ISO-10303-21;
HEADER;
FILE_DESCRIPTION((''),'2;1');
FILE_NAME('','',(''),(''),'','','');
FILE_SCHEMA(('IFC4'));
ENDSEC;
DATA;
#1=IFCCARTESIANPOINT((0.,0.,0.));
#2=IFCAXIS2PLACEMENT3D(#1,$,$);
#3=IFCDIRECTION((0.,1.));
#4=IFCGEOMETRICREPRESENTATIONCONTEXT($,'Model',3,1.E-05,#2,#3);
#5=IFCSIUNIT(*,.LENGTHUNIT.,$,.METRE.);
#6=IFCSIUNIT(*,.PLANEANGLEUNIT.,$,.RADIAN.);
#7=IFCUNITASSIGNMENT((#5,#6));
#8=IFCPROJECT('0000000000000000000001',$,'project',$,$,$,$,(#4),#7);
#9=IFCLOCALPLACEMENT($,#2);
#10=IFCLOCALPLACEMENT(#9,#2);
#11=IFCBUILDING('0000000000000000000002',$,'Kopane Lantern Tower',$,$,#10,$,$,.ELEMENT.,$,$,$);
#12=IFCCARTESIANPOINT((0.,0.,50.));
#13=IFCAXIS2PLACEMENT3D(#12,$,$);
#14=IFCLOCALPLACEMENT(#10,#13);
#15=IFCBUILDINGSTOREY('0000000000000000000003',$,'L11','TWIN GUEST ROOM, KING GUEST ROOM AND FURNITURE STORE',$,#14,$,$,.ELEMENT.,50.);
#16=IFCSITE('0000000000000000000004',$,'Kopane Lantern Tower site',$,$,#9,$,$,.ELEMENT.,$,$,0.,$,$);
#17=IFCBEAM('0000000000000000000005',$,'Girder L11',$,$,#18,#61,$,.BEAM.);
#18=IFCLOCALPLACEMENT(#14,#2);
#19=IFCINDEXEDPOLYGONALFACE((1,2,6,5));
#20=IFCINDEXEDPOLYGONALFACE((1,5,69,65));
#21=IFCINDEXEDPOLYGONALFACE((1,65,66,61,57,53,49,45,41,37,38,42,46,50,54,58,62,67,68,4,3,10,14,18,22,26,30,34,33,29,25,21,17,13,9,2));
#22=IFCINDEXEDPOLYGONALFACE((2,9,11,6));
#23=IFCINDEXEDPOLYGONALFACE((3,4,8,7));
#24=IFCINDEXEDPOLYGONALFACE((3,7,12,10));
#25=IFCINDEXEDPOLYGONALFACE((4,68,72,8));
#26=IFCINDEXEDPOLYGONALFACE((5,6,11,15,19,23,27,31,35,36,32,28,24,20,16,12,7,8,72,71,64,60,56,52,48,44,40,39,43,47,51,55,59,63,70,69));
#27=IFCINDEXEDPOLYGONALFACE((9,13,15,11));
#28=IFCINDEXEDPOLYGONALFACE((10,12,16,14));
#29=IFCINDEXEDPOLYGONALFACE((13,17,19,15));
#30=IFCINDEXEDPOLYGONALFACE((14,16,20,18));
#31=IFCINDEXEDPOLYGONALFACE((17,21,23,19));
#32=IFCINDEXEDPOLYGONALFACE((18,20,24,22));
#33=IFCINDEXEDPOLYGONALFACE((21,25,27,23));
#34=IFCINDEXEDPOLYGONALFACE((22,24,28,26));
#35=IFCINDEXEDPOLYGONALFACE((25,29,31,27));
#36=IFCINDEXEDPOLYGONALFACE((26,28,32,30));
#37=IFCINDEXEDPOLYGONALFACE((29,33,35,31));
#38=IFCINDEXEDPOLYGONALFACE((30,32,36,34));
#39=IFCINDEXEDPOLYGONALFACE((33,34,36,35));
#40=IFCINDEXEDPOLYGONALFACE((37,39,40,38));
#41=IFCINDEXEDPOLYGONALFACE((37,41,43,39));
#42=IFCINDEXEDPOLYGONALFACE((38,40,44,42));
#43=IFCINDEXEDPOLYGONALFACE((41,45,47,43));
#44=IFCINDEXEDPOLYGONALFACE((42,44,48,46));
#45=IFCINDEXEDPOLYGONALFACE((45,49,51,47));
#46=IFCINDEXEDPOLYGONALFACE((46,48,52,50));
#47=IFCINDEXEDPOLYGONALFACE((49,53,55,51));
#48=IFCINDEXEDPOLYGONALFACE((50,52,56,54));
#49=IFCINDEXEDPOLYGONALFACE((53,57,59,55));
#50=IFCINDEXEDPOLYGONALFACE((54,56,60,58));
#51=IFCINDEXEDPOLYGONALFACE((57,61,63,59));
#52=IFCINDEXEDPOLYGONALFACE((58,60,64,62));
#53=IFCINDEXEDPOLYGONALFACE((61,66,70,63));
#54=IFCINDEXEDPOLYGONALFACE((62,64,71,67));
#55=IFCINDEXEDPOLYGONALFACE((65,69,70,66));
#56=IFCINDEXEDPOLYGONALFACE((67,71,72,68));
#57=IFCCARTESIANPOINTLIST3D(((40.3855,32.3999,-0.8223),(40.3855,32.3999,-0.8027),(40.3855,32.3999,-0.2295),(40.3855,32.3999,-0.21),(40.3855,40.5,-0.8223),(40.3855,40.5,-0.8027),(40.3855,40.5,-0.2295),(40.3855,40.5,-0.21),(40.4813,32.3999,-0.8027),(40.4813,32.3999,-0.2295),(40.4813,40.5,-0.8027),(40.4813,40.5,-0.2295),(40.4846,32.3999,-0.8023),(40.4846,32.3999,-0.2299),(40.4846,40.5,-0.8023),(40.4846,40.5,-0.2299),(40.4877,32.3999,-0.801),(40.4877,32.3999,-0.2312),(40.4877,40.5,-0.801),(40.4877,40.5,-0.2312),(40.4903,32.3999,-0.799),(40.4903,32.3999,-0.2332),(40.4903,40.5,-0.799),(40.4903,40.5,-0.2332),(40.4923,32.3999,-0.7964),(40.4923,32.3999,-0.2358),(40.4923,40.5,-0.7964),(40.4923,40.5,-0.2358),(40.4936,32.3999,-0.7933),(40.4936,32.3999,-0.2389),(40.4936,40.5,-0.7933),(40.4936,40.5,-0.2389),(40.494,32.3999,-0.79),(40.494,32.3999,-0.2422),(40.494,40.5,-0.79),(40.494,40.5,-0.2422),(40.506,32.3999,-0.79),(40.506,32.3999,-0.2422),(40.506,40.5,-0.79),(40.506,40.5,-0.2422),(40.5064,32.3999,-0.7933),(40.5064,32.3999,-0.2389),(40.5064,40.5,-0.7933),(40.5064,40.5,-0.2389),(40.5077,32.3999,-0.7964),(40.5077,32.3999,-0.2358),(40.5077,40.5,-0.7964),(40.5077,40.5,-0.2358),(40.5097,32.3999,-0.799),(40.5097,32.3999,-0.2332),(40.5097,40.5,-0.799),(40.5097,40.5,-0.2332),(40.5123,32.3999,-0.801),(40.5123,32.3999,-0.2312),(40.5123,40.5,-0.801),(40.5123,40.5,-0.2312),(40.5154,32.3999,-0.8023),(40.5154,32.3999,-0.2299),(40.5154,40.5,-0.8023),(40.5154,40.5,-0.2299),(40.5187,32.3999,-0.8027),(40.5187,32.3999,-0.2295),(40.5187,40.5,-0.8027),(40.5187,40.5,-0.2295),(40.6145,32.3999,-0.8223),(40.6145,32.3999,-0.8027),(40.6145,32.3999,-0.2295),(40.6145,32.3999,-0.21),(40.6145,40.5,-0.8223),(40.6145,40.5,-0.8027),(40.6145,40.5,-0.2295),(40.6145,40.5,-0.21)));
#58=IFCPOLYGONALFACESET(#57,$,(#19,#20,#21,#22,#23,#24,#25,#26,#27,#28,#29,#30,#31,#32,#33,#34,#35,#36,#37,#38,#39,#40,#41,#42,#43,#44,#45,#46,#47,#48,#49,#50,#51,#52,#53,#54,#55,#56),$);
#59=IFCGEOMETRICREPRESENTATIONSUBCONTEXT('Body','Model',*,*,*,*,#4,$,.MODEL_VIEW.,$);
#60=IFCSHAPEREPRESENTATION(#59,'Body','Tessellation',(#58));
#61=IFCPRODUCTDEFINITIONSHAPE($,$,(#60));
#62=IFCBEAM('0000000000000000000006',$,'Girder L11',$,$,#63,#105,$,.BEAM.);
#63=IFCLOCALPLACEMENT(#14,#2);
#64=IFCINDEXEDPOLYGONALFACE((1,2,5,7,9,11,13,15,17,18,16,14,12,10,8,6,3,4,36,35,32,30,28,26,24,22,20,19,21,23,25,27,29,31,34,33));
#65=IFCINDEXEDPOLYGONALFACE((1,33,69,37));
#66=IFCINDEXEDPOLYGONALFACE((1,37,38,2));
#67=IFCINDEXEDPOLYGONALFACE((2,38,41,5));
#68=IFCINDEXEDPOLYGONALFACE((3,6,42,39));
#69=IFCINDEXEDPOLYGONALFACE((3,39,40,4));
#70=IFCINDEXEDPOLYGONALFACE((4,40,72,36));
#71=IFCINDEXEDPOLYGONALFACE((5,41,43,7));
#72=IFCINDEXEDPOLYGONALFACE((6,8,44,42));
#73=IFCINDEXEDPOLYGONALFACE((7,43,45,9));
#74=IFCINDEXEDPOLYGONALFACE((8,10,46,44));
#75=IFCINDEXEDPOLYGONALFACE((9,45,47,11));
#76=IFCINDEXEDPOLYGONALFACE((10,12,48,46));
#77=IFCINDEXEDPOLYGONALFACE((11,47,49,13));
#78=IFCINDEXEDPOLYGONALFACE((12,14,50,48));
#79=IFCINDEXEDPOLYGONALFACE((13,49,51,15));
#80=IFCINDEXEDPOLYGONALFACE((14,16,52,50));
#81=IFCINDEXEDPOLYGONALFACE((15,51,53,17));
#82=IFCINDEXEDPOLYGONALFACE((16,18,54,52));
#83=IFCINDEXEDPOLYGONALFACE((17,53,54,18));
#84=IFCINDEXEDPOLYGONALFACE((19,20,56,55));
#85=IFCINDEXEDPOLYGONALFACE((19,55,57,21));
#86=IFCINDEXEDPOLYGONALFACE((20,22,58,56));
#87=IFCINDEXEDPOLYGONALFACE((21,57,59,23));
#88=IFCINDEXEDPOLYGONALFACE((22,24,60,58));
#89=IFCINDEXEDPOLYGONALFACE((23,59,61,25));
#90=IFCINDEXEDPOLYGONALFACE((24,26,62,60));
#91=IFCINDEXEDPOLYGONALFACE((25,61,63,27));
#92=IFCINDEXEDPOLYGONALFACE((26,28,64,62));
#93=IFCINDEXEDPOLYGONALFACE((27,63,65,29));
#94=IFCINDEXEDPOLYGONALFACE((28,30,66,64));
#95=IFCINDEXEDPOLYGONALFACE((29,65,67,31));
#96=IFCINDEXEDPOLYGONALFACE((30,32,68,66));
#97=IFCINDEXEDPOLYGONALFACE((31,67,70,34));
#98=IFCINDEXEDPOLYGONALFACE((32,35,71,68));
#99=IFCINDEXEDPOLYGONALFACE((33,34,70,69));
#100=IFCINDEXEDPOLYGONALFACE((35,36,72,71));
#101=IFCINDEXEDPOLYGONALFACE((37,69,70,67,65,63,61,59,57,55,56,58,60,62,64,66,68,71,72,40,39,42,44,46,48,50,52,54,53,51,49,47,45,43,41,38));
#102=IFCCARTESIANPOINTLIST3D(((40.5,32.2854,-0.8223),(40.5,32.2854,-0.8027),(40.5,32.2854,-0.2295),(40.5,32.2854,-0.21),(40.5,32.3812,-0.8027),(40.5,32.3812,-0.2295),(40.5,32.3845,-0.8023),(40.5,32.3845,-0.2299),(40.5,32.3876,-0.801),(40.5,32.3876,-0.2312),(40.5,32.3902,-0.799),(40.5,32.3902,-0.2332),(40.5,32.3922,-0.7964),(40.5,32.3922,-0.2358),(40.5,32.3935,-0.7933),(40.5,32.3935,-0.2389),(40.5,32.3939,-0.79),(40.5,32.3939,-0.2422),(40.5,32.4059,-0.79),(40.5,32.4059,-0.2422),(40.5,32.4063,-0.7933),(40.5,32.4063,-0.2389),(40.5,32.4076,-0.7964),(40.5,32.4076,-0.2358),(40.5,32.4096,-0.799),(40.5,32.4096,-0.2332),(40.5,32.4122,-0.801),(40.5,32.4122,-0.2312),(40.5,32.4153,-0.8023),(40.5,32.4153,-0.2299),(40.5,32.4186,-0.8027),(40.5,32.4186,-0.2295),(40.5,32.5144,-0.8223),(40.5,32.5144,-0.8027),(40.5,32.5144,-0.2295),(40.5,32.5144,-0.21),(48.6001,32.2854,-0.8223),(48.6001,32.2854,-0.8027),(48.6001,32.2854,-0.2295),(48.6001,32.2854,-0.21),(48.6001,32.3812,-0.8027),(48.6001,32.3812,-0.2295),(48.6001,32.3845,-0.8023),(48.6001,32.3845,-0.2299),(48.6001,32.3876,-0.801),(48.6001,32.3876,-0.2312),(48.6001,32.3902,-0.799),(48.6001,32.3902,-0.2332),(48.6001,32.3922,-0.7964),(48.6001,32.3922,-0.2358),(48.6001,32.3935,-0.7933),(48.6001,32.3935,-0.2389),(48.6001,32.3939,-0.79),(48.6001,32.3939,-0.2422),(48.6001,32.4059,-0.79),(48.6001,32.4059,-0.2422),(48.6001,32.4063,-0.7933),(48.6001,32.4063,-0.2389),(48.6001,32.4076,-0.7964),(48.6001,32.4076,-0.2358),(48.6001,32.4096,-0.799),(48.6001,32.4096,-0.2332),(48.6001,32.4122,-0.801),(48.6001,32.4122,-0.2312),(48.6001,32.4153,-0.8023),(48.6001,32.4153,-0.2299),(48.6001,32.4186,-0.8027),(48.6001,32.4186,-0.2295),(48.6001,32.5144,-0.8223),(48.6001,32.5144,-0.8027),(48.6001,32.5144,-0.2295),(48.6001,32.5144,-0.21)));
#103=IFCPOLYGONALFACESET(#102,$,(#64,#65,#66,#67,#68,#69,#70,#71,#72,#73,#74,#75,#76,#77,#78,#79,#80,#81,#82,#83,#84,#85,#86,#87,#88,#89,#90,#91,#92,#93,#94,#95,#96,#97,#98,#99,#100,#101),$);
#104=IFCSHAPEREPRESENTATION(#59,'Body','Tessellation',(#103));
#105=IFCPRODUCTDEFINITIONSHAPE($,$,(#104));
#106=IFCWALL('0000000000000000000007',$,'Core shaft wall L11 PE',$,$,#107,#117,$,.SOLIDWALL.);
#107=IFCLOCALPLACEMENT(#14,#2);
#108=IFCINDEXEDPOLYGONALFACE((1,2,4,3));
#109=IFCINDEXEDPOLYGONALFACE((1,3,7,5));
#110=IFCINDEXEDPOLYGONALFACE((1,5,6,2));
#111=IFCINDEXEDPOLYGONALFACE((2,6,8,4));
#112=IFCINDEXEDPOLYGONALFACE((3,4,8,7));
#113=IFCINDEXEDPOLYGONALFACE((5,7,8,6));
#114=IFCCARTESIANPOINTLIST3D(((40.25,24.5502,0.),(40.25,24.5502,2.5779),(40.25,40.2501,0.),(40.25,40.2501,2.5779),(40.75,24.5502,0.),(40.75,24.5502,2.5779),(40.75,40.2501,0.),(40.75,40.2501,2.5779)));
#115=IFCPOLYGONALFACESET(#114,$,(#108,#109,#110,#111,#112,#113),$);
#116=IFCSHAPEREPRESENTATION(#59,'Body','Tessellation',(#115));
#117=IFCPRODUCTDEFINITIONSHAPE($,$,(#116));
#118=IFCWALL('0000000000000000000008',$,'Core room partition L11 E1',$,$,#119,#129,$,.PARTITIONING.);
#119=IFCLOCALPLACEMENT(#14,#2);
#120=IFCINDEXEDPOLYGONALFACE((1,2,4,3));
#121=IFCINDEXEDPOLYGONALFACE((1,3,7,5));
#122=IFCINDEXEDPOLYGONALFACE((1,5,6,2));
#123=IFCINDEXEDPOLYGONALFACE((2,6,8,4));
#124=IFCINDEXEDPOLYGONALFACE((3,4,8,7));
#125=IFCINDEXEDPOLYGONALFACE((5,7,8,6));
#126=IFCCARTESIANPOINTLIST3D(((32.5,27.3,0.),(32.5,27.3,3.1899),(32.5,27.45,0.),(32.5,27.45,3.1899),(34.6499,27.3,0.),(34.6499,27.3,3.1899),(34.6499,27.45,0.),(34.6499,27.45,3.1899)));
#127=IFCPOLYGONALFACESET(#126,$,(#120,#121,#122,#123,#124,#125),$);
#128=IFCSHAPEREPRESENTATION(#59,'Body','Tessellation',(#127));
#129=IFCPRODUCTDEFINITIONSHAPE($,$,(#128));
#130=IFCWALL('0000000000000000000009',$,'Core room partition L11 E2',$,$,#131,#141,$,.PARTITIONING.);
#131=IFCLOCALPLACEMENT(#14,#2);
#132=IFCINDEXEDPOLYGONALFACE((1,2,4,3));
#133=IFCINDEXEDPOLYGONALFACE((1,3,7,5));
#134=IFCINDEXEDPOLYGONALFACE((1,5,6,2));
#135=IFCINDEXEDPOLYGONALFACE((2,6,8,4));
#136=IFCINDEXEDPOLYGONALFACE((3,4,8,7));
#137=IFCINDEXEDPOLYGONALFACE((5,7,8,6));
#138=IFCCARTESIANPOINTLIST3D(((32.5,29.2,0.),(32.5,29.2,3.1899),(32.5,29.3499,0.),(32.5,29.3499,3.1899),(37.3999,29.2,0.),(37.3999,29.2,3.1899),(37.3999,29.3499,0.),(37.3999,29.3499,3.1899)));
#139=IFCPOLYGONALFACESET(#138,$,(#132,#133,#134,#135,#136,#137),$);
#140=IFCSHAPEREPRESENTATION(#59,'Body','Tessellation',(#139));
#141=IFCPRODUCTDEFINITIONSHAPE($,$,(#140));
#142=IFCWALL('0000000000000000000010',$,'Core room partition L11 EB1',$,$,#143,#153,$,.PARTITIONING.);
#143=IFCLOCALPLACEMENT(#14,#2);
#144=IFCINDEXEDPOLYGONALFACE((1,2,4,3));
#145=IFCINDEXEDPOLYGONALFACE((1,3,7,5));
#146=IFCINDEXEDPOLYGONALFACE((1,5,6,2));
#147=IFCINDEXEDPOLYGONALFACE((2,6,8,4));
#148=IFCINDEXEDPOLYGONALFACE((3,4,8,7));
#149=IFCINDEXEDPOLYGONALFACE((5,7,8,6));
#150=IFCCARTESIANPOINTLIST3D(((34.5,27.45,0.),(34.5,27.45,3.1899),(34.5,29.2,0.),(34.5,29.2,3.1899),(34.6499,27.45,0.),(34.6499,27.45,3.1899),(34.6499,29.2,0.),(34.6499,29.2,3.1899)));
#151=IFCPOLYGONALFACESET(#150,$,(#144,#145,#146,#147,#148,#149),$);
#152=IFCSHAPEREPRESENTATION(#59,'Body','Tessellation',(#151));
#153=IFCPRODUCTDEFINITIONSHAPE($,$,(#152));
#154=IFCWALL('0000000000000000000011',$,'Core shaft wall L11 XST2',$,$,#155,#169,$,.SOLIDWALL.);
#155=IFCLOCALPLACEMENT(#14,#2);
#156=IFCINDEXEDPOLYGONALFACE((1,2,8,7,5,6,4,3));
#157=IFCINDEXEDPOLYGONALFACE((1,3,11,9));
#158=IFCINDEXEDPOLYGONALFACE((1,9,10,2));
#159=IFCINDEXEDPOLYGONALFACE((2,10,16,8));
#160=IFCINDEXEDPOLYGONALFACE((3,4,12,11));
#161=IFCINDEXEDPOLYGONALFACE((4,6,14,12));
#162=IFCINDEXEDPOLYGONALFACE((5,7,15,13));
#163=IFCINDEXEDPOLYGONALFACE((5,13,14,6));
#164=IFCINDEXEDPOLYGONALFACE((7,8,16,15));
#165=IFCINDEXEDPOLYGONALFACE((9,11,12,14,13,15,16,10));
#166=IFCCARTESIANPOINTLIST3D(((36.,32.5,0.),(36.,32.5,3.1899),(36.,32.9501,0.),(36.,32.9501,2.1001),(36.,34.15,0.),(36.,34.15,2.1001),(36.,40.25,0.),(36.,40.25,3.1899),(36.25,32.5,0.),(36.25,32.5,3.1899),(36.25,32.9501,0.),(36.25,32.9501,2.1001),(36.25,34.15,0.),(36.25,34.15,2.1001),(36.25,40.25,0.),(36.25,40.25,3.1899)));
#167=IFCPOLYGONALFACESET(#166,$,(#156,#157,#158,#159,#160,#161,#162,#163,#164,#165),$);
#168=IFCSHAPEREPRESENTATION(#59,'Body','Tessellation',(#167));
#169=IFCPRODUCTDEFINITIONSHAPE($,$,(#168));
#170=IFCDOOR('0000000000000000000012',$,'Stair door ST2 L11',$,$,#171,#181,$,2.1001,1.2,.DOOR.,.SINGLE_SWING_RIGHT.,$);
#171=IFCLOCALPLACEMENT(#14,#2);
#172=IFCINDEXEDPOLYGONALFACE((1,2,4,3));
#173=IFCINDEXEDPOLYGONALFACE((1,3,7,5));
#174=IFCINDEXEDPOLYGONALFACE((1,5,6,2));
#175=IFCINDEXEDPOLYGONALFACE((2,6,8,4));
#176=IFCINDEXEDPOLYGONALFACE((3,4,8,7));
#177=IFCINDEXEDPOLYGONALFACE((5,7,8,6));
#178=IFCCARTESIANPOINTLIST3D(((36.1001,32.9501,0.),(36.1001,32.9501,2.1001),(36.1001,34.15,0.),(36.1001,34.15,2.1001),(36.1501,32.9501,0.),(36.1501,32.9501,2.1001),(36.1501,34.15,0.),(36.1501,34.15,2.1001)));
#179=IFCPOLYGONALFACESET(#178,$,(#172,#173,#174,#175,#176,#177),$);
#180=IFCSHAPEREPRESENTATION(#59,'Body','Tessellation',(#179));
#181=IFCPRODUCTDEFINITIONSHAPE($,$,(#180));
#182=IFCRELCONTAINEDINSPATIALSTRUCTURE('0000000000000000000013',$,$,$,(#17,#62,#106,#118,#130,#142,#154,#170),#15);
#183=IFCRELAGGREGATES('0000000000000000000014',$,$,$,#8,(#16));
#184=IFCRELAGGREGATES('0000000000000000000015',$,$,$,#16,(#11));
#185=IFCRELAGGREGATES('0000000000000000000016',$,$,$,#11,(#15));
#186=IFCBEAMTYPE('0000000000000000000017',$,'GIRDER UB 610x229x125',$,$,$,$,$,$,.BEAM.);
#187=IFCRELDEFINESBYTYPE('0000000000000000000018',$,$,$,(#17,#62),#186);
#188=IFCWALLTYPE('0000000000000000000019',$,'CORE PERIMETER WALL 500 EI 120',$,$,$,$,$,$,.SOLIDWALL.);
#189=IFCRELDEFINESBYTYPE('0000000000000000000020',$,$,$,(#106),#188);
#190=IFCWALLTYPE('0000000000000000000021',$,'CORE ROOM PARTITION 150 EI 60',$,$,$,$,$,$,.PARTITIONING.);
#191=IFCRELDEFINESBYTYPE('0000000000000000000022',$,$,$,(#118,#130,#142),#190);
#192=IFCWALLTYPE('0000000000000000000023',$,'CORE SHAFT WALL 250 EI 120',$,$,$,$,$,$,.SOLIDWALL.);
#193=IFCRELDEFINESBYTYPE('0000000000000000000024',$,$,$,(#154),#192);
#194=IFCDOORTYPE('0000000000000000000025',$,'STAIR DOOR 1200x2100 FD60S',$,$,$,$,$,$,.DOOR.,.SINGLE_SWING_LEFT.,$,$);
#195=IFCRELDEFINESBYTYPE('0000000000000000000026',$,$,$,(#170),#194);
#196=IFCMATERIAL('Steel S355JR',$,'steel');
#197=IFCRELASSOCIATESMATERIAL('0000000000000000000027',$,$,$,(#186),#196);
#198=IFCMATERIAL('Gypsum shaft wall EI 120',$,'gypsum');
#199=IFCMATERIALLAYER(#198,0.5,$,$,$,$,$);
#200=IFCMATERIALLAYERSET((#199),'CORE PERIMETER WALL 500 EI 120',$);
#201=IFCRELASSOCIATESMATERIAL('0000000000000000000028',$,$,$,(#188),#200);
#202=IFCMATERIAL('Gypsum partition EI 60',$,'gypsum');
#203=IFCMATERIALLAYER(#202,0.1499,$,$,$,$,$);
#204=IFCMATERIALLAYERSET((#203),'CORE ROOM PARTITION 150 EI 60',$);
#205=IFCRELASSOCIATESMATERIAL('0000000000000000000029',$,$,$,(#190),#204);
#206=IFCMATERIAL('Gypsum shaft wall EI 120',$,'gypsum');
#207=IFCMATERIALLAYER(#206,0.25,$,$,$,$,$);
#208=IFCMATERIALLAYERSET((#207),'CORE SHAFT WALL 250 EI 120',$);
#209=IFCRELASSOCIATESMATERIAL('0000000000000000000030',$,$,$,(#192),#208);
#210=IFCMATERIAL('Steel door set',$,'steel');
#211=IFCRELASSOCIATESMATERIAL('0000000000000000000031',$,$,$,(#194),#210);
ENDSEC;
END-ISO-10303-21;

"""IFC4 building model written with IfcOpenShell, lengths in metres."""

from ifc_helpers import new_model, si_unit, direction, frame, frame_2d, origin, origin_2d, place, context, subcontext, project, spatial, rectangle, i_section, extrude, material, layer, layer_set, material_profile, profile_set, type_object, element, fill, save


model = new_model("IFC4")

# Units and contexts
model_context = context("Model", 3, precision=1e-05, world=origin(), true_north=direction((0.0, 1.0)))
body_context = subcontext(model_context, "Body", "Model", "MODEL_VIEW")
ifc_project = project(units=[si_unit("LENGTHUNIT", "METRE"), si_unit("PLANEANGLEUNIT", "RADIAN")], contexts=[model_context])

# Site, building, storey
site_placement = place(None, origin())
site = spatial("IfcSite", under=ifc_project, at=site_placement, Name="Kopane Lantern Tower site", CompositionType="ELEMENT", RefElevation=0.0)
building_placement = place(site_placement, origin())
building = spatial("IfcBuilding", under=site, at=building_placement, Name="Kopane Lantern Tower", CompositionType="ELEMENT")
storey_placement = place(building_placement, frame((0.0, 0.0, 50.0)))
storey = spatial("IfcBuildingStorey", under=building, at=storey_placement, Name="L11", Description="TWIN GUEST ROOM, KING GUEST ROOM AND FURNITURE STORE", CompositionType="ELEMENT", Elevation=50.0)

# Beams
ifc_material_1 = material(Name="Steel S355JR", Category="steel")
ifc_material_profile_1 = material_profile(ifc_material_1, i_section(OverallWidth=0.229, OverallDepth=0.6123, WebThickness=0.012, FlangeThickness=0.0195, FilletRadius=0.0127, at=origin_2d()), Name="UB 610x229x125")
ifc_profile_set_1 = profile_set([ifc_material_profile_1], Name="Steel S355JR")
beam_type_1 = type_object("IfcBeamType", Name="GIRDER UB 610x229x125", PredefinedType="BEAM", material=ifc_profile_set_1)
for number, where, z_axis, x_axis, name in (
    (1, (40.5, 32.3999, -0.5161), (0.0, 1.0, 0.0), (-1.0, 0.0, 0.0), "Girder L11"),
    (2, (40.5, 32.3999, -0.5161), (1.0, 0.0, 0.0), (0.0, 1.0, 0.0), "Girder L11"),
):
    element("IfcBeam", number, at=place(storey_placement, frame(where, z_axis=z_axis, x_axis=x_axis)), inside=storey, type_object=beam_type_1, Name=name, PredefinedType="BEAM", context=body_context, shape_type="SweptSolid", body=[
        extrude(i_section(OverallWidth=0.229, OverallDepth=0.6123, WebThickness=0.012, FlangeThickness=0.0195, FilletRadius=0.0127, at=origin_2d()), origin(), (0.0, 0.0, 1.0), 8.1001),
    ])

# Walls
ifc_material_2 = material(Name="Gypsum shaft wall EI 120", Category="gypsum")
ifc_layer_1 = layer(ifc_material_2, 0.5)
ifc_layer_set_1 = layer_set([ifc_layer_1], Name="CORE PERIMETER WALL 500 EI 120")
wall_type_1 = type_object("IfcWallType", Name="CORE PERIMETER WALL 500 EI 120", PredefinedType="SOLIDWALL", material=ifc_layer_set_1)
wall_1_placement = place(storey_placement, frame((40.5, 24.55, 0.0), z_axis=(0.0, 0.0, 1.0), x_axis=(0.0, 1.0, 0.0)))
element("IfcWall", 3, at=wall_1_placement, inside=storey, type_object=wall_type_1, Name="Core shaft wall L11 PE", PredefinedType="SOLIDWALL", context=body_context, shape_type="SweptSolid", body=[
    extrude(rectangle(XDim=15.7, YDim=0.5, at=frame_2d((7.8501, 0.0))), origin(), (0.0, 0.0, 1.0), 2.5779),
])
ifc_material_3 = material(Name="Gypsum partition EI 60", Category="gypsum")
ifc_layer_2 = layer(ifc_material_3, 0.1499)
ifc_layer_set_2 = layer_set([ifc_layer_2], Name="CORE ROOM PARTITION 150 EI 60")
wall_type_2 = type_object("IfcWallType", Name="CORE ROOM PARTITION 150 EI 60", PredefinedType="PARTITIONING", material=ifc_layer_set_2)
wall_2_placement = place(storey_placement, frame((32.5, 27.375, 0.0), z_axis=(0.0, 0.0, 1.0), x_axis=(1.0, 0.0, 0.0)))
element("IfcWall", 4, at=wall_2_placement, inside=storey, type_object=wall_type_2, Name="Core room partition L11 E1", PredefinedType="PARTITIONING", context=body_context, shape_type="SweptSolid", body=[
    extrude(rectangle(XDim=2.1499, YDim=0.1499, at=frame_2d((1.075, 0.0))), origin(), (0.0, 0.0, 1.0), 3.1899),
])
wall_3_placement = place(storey_placement, frame((32.5, 29.2749, 0.0), z_axis=(0.0, 0.0, 1.0), x_axis=(1.0, 0.0, 0.0)))
element("IfcWall", 5, at=wall_3_placement, inside=storey, type_object=wall_type_2, Name="Core room partition L11 E2", PredefinedType="PARTITIONING", context=body_context, shape_type="SweptSolid", body=[
    extrude(rectangle(XDim=4.8999, YDim=0.1499, at=frame_2d((2.45, 0.0))), origin(), (0.0, 0.0, 1.0), 3.1899),
])
wall_4_placement = place(storey_placement, frame((34.575, 27.45, 0.0), z_axis=(0.0, 0.0, 1.0), x_axis=(0.0, 1.0, 0.0)))
element("IfcWall", 6, at=wall_4_placement, inside=storey, type_object=wall_type_2, Name="Core room partition L11 EB1", PredefinedType="PARTITIONING", context=body_context, shape_type="SweptSolid", body=[
    extrude(rectangle(XDim=1.75, YDim=0.1499, at=frame_2d((0.875, 0.0))), origin(), (0.0, 0.0, 1.0), 3.1899),
])

# Wall, opening, door
ifc_material_4 = material(Name="Gypsum shaft wall EI 120", Category="gypsum")
ifc_layer_3 = layer(ifc_material_4, 0.25)
ifc_layer_set_3 = layer_set([ifc_layer_3], Name="CORE SHAFT WALL 250 EI 120")
wall_type_3 = type_object("IfcWallType", Name="CORE SHAFT WALL 250 EI 120", PredefinedType="SOLIDWALL", material=ifc_layer_set_3)
wall_5_placement = place(storey_placement, frame((36.125, 32.5, 0.0), z_axis=(0.0, 0.0, 1.0), x_axis=(0.0, 1.0, 0.0)))
wall_5 = element("IfcWall", 7, at=wall_5_placement, inside=storey, type_object=wall_type_3, Name="Core shaft wall L11 XST2", PredefinedType="SOLIDWALL", context=body_context, shape_type="SweptSolid", body=[
    extrude(rectangle(XDim=7.75, YDim=0.25, at=frame_2d((3.875, 0.0))), origin(), (0.0, 0.0, 1.0), 3.1899),
])
opening_1_placement = place(wall_5_placement, frame((0.45, 0.0, 0.0)))
opening_1 = element("IfcOpeningElement", 8, at=opening_1_placement, cuts=wall_5, PredefinedType="OPENING", context=body_context, shape_type="SweptSolid", body=[
    extrude(rectangle(XDim=1.2, YDim=2.1001, at=frame_2d((0.6001, 1.05))), frame((0.0, 0.135, 0.0), z_axis=(0.0, -1.0, 0.0), x_axis=(1.0, 0.0, 0.0)), (0.0, 0.0, 1.0), 0.27),
])
ifc_material_5 = material(Name="Steel door set", Category="steel")
door_type_1 = type_object("IfcDoorType", Name="STAIR DOOR 1200x2100 FD60S", OperationType="SINGLE_SWING_LEFT", PredefinedType="DOOR", material=ifc_material_5)
door_1_placement = place(opening_1_placement, origin())
door_1 = element("IfcDoor", 9, at=door_1_placement, inside=storey, type_object=door_type_1, Name="Stair door ST2 L11", OperationType="SINGLE_SWING_RIGHT", OverallHeight=2.1001, OverallWidth=1.2, PredefinedType="DOOR", context=body_context, shape_type="SweptSolid", body=[
    extrude(rectangle(XDim=1.2, YDim=2.1001, at=frame_2d((0.6001, 1.05))), frame((0.0, 0.0249, 0.0), z_axis=(0.0, -1.0, 0.0), x_axis=(1.0, 0.0, 0.0)), (0.0, 0.0, 1.0), 0.05),
])
fill(opening_1, door_1)

save(model, "model.ifc")
